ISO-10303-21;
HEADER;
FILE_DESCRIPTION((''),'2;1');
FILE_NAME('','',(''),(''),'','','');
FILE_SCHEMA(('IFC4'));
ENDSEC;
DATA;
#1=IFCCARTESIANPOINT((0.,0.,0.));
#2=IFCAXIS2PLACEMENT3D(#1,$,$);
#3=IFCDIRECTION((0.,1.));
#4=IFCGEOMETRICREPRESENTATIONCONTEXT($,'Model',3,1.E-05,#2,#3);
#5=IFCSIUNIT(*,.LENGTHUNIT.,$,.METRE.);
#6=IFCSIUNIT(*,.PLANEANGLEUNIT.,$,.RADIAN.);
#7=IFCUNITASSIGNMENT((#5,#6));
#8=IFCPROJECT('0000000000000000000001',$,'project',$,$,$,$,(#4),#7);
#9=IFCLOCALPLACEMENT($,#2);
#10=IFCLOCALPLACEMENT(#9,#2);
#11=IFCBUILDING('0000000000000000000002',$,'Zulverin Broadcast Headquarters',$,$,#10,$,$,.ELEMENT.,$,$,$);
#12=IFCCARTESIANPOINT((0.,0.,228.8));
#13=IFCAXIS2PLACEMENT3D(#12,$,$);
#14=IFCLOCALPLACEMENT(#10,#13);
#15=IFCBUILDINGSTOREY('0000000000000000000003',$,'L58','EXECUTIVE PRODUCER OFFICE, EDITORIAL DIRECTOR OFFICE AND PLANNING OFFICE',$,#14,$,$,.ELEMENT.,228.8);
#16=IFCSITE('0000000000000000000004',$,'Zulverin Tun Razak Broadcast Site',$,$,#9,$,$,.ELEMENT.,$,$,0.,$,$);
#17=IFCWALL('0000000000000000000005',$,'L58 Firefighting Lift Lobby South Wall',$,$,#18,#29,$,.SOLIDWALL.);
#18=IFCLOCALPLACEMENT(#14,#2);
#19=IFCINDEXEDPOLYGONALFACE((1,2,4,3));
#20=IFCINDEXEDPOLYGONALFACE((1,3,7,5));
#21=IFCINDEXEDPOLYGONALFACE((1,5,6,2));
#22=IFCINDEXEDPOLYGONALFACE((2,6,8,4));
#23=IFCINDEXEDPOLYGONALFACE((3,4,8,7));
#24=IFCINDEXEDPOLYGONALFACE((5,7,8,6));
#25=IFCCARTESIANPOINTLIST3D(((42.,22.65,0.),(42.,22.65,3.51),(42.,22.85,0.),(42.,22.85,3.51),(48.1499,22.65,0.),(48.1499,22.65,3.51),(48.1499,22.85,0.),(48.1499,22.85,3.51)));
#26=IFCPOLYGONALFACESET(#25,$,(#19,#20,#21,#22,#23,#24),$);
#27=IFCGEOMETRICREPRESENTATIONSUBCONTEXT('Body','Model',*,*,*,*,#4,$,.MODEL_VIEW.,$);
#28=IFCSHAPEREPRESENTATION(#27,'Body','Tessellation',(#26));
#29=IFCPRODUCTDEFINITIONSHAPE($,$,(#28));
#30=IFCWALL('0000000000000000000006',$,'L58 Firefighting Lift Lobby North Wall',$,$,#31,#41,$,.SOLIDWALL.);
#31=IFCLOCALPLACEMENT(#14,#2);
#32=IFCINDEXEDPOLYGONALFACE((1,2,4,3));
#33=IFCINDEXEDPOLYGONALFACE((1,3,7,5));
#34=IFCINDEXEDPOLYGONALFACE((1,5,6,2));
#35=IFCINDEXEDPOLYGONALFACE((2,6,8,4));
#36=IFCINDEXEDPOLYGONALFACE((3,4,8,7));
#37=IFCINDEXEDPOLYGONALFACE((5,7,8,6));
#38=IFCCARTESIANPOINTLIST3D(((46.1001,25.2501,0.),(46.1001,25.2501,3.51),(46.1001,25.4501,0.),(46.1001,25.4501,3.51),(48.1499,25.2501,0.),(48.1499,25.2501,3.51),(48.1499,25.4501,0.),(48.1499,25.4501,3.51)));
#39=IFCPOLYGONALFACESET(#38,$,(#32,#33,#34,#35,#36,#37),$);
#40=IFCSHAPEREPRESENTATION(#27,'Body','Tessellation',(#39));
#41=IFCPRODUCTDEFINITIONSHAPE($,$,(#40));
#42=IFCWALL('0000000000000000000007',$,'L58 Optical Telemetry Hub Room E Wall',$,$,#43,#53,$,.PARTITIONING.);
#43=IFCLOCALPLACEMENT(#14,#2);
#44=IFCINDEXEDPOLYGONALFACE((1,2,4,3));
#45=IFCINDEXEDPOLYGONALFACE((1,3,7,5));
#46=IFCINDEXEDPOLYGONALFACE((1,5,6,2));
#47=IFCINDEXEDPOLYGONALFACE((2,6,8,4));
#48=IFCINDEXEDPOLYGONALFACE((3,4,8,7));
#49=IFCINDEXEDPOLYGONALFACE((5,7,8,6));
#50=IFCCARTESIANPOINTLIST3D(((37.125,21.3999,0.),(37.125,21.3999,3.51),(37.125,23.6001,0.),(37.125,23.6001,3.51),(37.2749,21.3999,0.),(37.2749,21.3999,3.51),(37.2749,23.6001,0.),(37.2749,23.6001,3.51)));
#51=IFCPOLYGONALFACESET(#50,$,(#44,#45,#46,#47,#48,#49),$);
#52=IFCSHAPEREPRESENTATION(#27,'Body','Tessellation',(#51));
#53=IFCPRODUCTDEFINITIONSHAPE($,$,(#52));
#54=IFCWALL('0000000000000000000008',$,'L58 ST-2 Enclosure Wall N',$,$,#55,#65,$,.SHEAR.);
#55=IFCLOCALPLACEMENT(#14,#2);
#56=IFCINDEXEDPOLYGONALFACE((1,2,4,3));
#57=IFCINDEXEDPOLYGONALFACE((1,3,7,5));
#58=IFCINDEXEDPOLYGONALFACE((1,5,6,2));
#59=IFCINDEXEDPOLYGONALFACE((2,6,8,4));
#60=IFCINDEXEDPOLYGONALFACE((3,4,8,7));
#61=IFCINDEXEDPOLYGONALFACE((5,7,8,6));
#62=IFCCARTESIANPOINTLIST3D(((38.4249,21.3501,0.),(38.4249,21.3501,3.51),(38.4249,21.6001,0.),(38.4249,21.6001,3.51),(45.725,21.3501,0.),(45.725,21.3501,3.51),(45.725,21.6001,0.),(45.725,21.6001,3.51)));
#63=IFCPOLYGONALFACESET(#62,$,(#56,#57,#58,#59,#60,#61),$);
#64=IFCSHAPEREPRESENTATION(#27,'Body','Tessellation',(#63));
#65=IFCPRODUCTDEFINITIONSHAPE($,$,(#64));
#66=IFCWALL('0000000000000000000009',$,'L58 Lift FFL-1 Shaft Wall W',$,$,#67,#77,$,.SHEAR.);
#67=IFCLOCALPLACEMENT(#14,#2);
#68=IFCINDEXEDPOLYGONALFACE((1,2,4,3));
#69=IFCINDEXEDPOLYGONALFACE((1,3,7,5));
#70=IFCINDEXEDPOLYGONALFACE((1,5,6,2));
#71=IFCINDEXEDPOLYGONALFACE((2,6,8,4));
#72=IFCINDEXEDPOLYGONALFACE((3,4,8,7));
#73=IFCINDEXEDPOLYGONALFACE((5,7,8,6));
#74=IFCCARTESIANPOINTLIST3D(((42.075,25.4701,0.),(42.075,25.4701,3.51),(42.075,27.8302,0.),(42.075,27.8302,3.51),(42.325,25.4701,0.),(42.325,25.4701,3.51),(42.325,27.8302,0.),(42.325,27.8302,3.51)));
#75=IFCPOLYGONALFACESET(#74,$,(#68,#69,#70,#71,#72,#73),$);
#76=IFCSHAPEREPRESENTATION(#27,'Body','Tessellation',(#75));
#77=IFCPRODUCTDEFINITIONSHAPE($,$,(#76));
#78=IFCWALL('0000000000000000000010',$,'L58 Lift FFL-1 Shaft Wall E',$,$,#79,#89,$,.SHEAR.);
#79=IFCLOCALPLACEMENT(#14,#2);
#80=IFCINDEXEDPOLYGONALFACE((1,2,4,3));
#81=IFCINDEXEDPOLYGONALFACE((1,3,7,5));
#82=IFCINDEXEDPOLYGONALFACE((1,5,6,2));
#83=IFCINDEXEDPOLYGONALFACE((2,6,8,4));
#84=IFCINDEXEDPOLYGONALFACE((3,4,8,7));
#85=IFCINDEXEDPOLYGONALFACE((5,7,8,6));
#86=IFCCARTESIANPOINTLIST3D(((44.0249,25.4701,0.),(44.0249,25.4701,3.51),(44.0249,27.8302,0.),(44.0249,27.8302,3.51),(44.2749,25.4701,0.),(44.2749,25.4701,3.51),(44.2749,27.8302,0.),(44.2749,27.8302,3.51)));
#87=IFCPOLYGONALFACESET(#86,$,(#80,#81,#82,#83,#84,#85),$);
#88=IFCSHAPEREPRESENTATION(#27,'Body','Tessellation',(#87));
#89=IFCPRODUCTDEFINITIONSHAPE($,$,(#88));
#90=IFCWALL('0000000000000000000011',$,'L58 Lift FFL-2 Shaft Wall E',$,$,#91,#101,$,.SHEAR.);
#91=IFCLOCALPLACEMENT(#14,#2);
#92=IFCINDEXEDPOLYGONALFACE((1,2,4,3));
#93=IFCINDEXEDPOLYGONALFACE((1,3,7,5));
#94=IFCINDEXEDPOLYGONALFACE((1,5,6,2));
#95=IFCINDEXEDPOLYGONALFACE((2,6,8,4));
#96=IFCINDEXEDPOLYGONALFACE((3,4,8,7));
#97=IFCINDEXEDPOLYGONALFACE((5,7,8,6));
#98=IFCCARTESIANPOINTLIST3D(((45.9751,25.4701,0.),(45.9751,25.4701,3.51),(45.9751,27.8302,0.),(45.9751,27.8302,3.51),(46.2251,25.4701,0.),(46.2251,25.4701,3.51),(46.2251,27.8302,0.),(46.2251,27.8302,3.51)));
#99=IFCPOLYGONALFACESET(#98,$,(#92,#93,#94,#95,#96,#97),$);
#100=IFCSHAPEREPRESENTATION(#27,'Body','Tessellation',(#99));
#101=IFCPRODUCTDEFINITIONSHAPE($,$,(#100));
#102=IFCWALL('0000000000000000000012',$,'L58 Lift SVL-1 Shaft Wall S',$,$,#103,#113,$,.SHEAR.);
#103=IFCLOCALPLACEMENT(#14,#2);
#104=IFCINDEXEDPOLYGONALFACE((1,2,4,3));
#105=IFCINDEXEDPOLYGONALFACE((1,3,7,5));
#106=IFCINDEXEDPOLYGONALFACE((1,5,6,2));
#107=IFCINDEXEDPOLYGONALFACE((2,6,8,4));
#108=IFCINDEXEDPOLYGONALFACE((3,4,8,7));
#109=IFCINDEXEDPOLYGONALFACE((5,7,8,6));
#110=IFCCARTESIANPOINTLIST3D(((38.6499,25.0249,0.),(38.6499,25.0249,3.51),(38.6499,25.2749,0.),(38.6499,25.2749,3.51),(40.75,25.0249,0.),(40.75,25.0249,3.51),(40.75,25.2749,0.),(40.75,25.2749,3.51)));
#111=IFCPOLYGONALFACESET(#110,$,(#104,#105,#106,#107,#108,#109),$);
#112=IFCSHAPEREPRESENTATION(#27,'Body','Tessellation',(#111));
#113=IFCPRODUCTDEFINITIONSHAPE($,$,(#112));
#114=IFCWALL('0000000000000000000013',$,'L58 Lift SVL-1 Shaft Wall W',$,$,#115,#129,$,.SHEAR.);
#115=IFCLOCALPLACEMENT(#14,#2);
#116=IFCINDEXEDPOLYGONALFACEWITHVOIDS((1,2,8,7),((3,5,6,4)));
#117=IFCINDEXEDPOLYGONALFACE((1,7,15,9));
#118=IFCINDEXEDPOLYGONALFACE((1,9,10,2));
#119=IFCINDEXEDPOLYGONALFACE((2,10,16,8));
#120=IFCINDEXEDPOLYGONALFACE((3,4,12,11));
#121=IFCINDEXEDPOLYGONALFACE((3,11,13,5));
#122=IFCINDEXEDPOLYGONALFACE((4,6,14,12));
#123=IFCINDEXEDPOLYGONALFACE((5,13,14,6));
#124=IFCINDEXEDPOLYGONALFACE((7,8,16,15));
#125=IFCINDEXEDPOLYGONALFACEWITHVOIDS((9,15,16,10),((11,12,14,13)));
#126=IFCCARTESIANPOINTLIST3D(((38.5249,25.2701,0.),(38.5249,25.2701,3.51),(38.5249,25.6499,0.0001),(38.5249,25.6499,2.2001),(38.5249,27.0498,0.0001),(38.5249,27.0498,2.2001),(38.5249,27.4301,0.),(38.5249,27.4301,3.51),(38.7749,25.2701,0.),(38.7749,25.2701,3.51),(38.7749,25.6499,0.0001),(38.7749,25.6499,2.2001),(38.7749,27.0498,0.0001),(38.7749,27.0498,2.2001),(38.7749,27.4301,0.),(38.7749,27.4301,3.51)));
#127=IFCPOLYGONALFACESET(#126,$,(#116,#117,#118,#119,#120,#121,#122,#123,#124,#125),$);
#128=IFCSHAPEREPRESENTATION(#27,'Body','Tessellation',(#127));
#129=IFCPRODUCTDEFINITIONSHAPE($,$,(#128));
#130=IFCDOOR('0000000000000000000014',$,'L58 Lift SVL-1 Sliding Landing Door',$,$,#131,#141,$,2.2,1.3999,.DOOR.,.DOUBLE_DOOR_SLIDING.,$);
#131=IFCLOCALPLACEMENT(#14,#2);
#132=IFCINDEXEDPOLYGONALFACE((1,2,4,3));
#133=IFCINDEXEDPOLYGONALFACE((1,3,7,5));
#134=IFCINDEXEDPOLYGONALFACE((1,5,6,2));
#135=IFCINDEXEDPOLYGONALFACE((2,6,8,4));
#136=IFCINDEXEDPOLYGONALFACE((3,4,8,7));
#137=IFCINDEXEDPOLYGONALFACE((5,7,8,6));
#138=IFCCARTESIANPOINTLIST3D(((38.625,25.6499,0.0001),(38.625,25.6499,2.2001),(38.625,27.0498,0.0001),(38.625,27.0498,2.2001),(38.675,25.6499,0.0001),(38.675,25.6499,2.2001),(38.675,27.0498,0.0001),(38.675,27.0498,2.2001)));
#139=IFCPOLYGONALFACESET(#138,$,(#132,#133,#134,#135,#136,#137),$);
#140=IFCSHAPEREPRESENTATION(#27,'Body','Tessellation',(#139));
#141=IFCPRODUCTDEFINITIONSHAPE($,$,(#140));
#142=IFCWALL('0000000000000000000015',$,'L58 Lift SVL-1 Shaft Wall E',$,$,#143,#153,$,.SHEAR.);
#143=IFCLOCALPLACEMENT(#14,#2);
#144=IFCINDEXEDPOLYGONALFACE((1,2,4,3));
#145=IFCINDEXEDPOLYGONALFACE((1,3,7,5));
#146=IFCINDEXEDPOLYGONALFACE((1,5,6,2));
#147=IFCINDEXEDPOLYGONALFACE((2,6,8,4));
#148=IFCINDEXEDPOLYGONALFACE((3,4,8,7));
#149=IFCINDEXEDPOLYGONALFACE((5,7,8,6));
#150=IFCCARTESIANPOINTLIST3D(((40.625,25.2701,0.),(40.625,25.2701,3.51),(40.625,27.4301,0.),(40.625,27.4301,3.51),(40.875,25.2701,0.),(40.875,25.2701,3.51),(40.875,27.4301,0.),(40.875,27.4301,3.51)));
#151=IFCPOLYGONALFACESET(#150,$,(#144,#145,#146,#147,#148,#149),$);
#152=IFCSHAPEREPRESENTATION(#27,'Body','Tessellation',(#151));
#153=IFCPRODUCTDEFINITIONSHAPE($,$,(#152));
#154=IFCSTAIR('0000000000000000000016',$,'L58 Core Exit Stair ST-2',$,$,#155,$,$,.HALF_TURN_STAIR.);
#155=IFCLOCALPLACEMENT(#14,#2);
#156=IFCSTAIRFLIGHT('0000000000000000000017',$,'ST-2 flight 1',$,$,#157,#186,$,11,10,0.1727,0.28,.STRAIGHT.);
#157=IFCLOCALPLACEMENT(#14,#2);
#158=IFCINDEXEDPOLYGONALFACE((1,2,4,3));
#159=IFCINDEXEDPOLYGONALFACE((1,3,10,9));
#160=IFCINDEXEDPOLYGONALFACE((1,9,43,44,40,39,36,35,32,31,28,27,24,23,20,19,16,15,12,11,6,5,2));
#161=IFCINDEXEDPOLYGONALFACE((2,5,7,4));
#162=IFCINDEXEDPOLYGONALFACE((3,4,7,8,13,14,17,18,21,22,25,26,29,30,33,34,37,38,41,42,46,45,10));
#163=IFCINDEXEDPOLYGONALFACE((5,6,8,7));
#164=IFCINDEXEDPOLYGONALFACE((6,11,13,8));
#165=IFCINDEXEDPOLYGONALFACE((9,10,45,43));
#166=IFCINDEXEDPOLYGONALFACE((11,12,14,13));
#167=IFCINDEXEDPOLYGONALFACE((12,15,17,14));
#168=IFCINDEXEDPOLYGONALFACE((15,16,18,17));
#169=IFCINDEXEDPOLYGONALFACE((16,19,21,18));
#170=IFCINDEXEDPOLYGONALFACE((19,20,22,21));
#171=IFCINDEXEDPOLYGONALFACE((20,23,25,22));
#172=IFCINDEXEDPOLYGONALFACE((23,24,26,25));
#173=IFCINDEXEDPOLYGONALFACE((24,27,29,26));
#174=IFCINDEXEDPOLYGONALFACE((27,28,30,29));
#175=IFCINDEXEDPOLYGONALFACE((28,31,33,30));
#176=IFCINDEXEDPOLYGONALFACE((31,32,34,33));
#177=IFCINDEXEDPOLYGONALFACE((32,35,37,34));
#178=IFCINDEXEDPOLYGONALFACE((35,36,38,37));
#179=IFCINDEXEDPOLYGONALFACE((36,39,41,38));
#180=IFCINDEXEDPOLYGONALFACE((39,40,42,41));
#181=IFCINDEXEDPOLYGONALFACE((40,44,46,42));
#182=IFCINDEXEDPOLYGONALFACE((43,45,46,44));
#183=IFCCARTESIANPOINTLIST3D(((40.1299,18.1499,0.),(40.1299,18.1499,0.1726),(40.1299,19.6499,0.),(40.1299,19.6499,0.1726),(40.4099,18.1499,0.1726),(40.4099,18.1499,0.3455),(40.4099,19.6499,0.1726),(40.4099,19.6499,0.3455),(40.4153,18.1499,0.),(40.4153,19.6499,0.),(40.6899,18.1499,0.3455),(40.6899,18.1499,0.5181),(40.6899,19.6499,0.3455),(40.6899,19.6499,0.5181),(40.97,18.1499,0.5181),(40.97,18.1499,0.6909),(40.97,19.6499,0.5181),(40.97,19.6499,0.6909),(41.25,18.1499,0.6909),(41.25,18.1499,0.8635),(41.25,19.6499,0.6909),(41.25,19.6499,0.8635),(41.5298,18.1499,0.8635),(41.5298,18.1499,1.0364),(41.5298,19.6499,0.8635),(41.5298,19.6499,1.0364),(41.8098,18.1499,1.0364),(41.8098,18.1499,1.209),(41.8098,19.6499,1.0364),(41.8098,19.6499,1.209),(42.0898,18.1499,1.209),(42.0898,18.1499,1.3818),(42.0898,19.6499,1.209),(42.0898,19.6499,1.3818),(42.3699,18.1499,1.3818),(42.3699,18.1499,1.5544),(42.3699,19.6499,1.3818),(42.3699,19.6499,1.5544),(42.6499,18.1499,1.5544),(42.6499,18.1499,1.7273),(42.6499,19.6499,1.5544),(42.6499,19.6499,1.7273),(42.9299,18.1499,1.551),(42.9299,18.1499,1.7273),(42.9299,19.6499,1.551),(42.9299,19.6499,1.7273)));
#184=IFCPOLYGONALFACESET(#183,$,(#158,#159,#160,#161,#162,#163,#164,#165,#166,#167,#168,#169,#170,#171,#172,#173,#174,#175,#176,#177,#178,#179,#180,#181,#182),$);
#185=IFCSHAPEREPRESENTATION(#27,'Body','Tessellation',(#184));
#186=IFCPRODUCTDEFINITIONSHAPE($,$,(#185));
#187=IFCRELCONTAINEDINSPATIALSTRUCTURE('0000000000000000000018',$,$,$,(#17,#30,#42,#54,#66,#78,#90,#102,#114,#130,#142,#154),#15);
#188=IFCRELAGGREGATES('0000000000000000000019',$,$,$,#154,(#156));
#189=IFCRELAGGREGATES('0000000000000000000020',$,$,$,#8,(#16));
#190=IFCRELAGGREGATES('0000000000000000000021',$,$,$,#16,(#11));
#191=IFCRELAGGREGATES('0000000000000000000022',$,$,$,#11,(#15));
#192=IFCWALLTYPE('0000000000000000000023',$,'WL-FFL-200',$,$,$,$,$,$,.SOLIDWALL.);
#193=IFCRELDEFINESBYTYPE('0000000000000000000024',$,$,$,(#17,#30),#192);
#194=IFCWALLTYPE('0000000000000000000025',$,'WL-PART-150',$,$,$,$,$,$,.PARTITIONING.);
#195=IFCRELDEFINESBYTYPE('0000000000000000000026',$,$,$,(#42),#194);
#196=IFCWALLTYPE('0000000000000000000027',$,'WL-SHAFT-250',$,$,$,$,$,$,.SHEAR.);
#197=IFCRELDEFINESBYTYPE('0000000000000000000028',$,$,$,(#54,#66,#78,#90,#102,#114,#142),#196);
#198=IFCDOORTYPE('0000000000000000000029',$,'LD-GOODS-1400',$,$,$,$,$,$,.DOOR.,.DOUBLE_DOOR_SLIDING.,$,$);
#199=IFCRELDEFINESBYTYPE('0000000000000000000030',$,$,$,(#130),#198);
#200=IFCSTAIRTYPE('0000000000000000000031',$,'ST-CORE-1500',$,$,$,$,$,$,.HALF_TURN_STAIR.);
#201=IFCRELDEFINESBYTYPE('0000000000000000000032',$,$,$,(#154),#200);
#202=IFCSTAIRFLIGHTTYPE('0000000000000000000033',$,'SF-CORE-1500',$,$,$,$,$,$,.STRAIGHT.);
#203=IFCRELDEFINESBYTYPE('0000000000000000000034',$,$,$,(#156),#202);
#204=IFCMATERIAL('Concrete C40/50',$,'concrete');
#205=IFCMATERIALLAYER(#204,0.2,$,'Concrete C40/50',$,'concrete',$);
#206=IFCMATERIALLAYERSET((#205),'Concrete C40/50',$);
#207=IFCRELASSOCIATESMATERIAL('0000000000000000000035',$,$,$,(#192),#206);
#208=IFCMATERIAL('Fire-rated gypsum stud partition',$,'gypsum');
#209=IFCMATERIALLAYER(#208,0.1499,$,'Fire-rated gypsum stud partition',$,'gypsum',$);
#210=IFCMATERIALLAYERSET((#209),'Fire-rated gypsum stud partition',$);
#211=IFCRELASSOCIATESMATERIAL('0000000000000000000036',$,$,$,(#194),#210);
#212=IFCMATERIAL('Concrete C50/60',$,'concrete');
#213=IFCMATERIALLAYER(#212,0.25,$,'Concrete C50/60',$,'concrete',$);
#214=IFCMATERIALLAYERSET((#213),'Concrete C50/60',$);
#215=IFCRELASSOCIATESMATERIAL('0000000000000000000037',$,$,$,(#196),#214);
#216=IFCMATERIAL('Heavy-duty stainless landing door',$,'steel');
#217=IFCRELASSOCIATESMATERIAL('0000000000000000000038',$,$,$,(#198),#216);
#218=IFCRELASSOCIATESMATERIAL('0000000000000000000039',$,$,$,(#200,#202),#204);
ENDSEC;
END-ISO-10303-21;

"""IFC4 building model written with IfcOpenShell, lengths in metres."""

from ifc_helpers import new_model, si_unit, direction, frame, frame_2d, origin, place, context, subcontext, project, spatial, polyline, rectangle, outline, extrude, material, layer, layer_set, type_object, element, fill, aggregate, save


model = new_model("IFC4")

# Units and contexts
model_context = context("Model", 3, precision=1e-05, world=origin(), true_north=direction((0.0, 1.0)))
body_context = subcontext(model_context, "Body", "Model", "MODEL_VIEW")
ifc_project = project(units=[si_unit("LENGTHUNIT", "METRE"), si_unit("PLANEANGLEUNIT", "RADIAN")], contexts=[model_context])

# Site, building, storey
site_placement = place(None, origin())
site = spatial("IfcSite", under=ifc_project, at=site_placement, Name="Zulverin Tun Razak Broadcast Site", CompositionType="ELEMENT", RefElevation=0.0)
building_placement = place(site_placement, origin())
building = spatial("IfcBuilding", under=site, at=building_placement, Name="Zulverin Broadcast Headquarters", CompositionType="ELEMENT")
storey_placement = place(building_placement, frame((0.0, 0.0, 228.8)))
storey = spatial("IfcBuildingStorey", under=building, at=storey_placement, Name="L58", Description="EXECUTIVE PRODUCER OFFICE, EDITORIAL DIRECTOR OFFICE AND PLANNING OFFICE", CompositionType="ELEMENT", Elevation=228.8)

# Shared definitions
ifc_material_1 = material(Name="Concrete C40/50", Category="concrete")
ifc_layer_1 = layer(ifc_material_1, 0.2, Name="Concrete C40/50", Category="concrete")
ifc_layer_set_1 = layer_set([ifc_layer_1], Name="Concrete C40/50")
wall_type_1 = type_object("IfcWallType", Name="WL-FFL-200", PredefinedType="SOLIDWALL", material=ifc_layer_set_1)

# Walls
wall_1_placement = place(storey_placement, frame((42.0, 22.75, 0.0), z_axis=(0.0, 0.0, 1.0), x_axis=(1.0, 0.0, 0.0)))
element("IfcWall", 1, at=wall_1_placement, inside=storey, type_object=wall_type_1, Name="L58 Firefighting Lift Lobby South Wall", PredefinedType="SOLIDWALL", context=body_context, shape_type="SweptSolid", body=[
    extrude(rectangle(XDim=6.1499, YDim=0.2, at=frame_2d((3.075, 0.0))), origin(), (0.0, 0.0, 1.0), 3.51),
])
wall_2_placement = place(storey_placement, frame((46.1001, 25.3501, 0.0), z_axis=(0.0, 0.0, 1.0), x_axis=(1.0, 0.0, 0.0)))
element("IfcWall", 2, at=wall_2_placement, inside=storey, type_object=wall_type_1, Name="L58 Firefighting Lift Lobby North Wall", PredefinedType="SOLIDWALL", context=body_context, shape_type="SweptSolid", body=[
    extrude(rectangle(XDim=2.0498, YDim=0.2, at=frame_2d((1.0249, 0.0))), origin(), (0.0, 0.0, 1.0), 3.51),
])
ifc_material_2 = material(Name="Fire-rated gypsum stud partition", Category="gypsum")
ifc_layer_2 = layer(ifc_material_2, 0.1499, Name="Fire-rated gypsum stud partition", Category="gypsum")
ifc_layer_set_2 = layer_set([ifc_layer_2], Name="Fire-rated gypsum stud partition")
wall_type_2 = type_object("IfcWallType", Name="WL-PART-150", PredefinedType="PARTITIONING", material=ifc_layer_set_2)
wall_3_placement = place(storey_placement, frame((37.2, 21.3999, 0.0), z_axis=(0.0, 0.0, 1.0), x_axis=(0.0, 1.0, 0.0)))
element("IfcWall", 3, at=wall_3_placement, inside=storey, type_object=wall_type_2, Name="L58 Optical Telemetry Hub Room E Wall", PredefinedType="PARTITIONING", context=body_context, shape_type="SweptSolid", body=[
    extrude(rectangle(XDim=2.2002, YDim=0.1499, at=frame_2d((1.1001, 0.0))), origin(), (0.0, 0.0, 1.0), 3.51),
])
ifc_material_3 = material(Name="Concrete C50/60", Category="concrete")
ifc_layer_3 = layer(ifc_material_3, 0.25, Name="Concrete C50/60", Category="concrete")
ifc_layer_set_3 = layer_set([ifc_layer_3], Name="Concrete C50/60")
wall_type_3 = type_object("IfcWallType", Name="WL-SHAFT-250", PredefinedType="SHEAR", material=ifc_layer_set_3)
wall_4_placement = place(storey_placement, frame((38.425, 21.4751, 0.0), z_axis=(0.0, 0.0, 1.0), x_axis=(1.0, 0.0, 0.0)))
element("IfcWall", 4, at=wall_4_placement, inside=storey, type_object=wall_type_3, Name="L58 ST-2 Enclosure Wall N", PredefinedType="SHEAR", context=body_context, shape_type="SweptSolid", body=[
    extrude(rectangle(XDim=7.3, YDim=0.25, at=frame_2d((3.6499, 0.0))), origin(), (0.0, 0.0, 1.0), 3.51),
])

# Walls
for number, where, z_axis, x_axis, name in (
    (5, (42.2, 25.47, 0.0), (0.0, 0.0, 1.0), (0.0, 1.0, 0.0), "L58 Lift FFL-1 Shaft Wall W"),
    (6, (44.1499, 25.47, 0.0), (0.0, 0.0, 1.0), (0.0, 1.0, 0.0), "L58 Lift FFL-1 Shaft Wall E"),
):
    element("IfcWall", number, at=place(storey_placement, frame(where, z_axis=z_axis, x_axis=x_axis)), inside=storey, type_object=wall_type_3, Name=name, PredefinedType="SHEAR", context=body_context, shape_type="SweptSolid", body=[
        extrude(rectangle(XDim=2.3601, YDim=0.25, at=frame_2d((1.1802, 0.0))), origin(), (0.0, 0.0, 1.0), 3.51),
    ])

# Walls
wall_5_placement = place(storey_placement, frame((46.1001, 25.47, 0.0), z_axis=(0.0, 0.0, 1.0), x_axis=(0.0, 1.0, 0.0)))
element("IfcWall", 7, at=wall_5_placement, inside=storey, type_object=wall_type_3, Name="L58 Lift FFL-2 Shaft Wall E", PredefinedType="SHEAR", context=body_context, shape_type="SweptSolid", body=[
    extrude(rectangle(XDim=2.3601, YDim=0.25, at=frame_2d((1.1802, 0.0))), origin(), (0.0, 0.0, 1.0), 3.51),
])
wall_6_placement = place(storey_placement, frame((38.6499, 25.1499, 0.0), z_axis=(0.0, 0.0, 1.0), x_axis=(1.0, 0.0, 0.0)))
element("IfcWall", 8, at=wall_6_placement, inside=storey, type_object=wall_type_3, Name="L58 Lift SVL-1 Shaft Wall S", PredefinedType="SHEAR", context=body_context, shape_type="SweptSolid", body=[
    extrude(rectangle(XDim=2.1001, YDim=0.25, at=frame_2d((1.05, 0.0))), origin(), (0.0, 0.0, 1.0), 3.51),
])

# Wall, opening, door
wall_7_placement = place(storey_placement, frame((38.6499, 25.27, 0.0), z_axis=(0.0, 0.0, 1.0), x_axis=(0.0, 1.0, 0.0)))
wall_7 = element("IfcWall", 9, at=wall_7_placement, inside=storey, type_object=wall_type_3, Name="L58 Lift SVL-1 Shaft Wall W", PredefinedType="SHEAR", context=body_context, shape_type="SweptSolid", body=[
    extrude(rectangle(XDim=2.1599, YDim=0.25, at=frame_2d((1.0801, 0.0))), origin(), (0.0, 0.0, 1.0), 3.51),
])
opening_1_placement = place(wall_7_placement, frame((0.3799, 0.0, 0.0)))
opening_1 = element("IfcOpeningElement", 10, at=opening_1_placement, cuts=wall_7, PredefinedType="OPENING", context=body_context, shape_type="SweptSolid", body=[
    extrude(rectangle(XDim=1.3999, YDim=2.2, at=frame_2d((0.7, 1.1001))), frame((0.0, 0.135, 0.0), z_axis=(0.0, -1.0, 0.0), x_axis=(1.0, 0.0, 0.0)), (0.0, 0.0, 1.0), 0.27),
])
ifc_material_4 = material(Name="Heavy-duty stainless landing door", Category="steel")
door_type_1 = type_object("IfcDoorType", Name="LD-GOODS-1400", OperationType="DOUBLE_DOOR_SLIDING", PredefinedType="DOOR", material=ifc_material_4)
door_1_placement = place(opening_1_placement, origin())
door_1 = element("IfcDoor", 11, at=door_1_placement, inside=storey, type_object=door_type_1, Name="L58 Lift SVL-1 Sliding Landing Door", OperationType="DOUBLE_DOOR_SLIDING", OverallHeight=2.2, OverallWidth=1.3999, PredefinedType="DOOR", context=body_context, shape_type="SweptSolid", body=[
    extrude(rectangle(XDim=1.3999, YDim=2.2, at=frame_2d((0.7, 1.1001))), frame((0.0, 0.0249, 0.0), z_axis=(0.0, -1.0, 0.0), x_axis=(1.0, 0.0, 0.0)), (0.0, 0.0, 1.0), 0.05),
])
fill(opening_1, door_1)

# Wall
wall_8_placement = place(storey_placement, frame((40.75, 25.27, 0.0), z_axis=(0.0, 0.0, 1.0), x_axis=(0.0, 1.0, 0.0)))
element("IfcWall", 12, at=wall_8_placement, inside=storey, type_object=wall_type_3, Name="L58 Lift SVL-1 Shaft Wall E", PredefinedType="SHEAR", context=body_context, shape_type="SweptSolid", body=[
    extrude(rectangle(XDim=2.1599, YDim=0.25, at=frame_2d((1.0801, 0.0))), origin(), (0.0, 0.0, 1.0), 3.51),
])

# Stair, stair flight
stair_type = type_object("IfcStairType", Name="ST-CORE-1500", PredefinedType="HALF_TURN_STAIR", material=ifc_material_1)
stair_placement = place(storey_placement, origin())
stair = element("IfcStair", 13, at=stair_placement, inside=storey, type_object=stair_type, Name="L58 Core Exit Stair ST-2", PredefinedType="HALF_TURN_STAIR")
stair_flight_type = type_object("IfcStairFlightType", Name="SF-CORE-1500", PredefinedType="STRAIGHT", material=ifc_material_1)
stair_flight_1_placement = place(storey_placement, frame((40.1299, 18.8999, 0.0), z_axis=(0.0, 0.0, 1.0), x_axis=(1.0, 0.0, 0.0)))
stair_flight_1 = element("IfcStairFlight", 14, at=stair_flight_1_placement, type_object=stair_flight_type, Name="ST-2 flight 1", NumberOfRisers=11, NumberOfTreads=10, PredefinedType="STRAIGHT", RiserHeight=0.1727, TreadLength=0.28, context=body_context, shape_type="SweptSolid", body=[
    extrude(outline(polyline([(0.0, 0.0), (0.0, 0.1726), (0.28, 0.1726), (0.28, 0.3455), (0.5601, 0.3455), (0.5601, 0.5181), (0.8401, 0.5181), (0.8401, 0.6909), (1.1201, 0.6909), (1.1201, 0.8635), (1.3999, 0.8635), (1.3999, 1.0364), (1.6799, 1.0364), (1.6799, 1.209), (1.96, 1.209), (1.96, 1.3818), (2.24, 1.3818), (2.24, 1.5544), (2.52, 1.5544), (2.52, 1.7273), (2.8, 1.7273), (2.8, 1.8999), (2.8, 1.551), (0.2854, 0.0), (0.0, 0.0)])), frame((0.0, 0.75, 0.0), z_axis=(0.0, -1.0, 0.0), x_axis=(1.0, 0.0, 0.0)), (0.0, 0.0, 1.0), 1.5),
])
aggregate(stair, [stair_flight_1])

save(model, "model.ifc")
